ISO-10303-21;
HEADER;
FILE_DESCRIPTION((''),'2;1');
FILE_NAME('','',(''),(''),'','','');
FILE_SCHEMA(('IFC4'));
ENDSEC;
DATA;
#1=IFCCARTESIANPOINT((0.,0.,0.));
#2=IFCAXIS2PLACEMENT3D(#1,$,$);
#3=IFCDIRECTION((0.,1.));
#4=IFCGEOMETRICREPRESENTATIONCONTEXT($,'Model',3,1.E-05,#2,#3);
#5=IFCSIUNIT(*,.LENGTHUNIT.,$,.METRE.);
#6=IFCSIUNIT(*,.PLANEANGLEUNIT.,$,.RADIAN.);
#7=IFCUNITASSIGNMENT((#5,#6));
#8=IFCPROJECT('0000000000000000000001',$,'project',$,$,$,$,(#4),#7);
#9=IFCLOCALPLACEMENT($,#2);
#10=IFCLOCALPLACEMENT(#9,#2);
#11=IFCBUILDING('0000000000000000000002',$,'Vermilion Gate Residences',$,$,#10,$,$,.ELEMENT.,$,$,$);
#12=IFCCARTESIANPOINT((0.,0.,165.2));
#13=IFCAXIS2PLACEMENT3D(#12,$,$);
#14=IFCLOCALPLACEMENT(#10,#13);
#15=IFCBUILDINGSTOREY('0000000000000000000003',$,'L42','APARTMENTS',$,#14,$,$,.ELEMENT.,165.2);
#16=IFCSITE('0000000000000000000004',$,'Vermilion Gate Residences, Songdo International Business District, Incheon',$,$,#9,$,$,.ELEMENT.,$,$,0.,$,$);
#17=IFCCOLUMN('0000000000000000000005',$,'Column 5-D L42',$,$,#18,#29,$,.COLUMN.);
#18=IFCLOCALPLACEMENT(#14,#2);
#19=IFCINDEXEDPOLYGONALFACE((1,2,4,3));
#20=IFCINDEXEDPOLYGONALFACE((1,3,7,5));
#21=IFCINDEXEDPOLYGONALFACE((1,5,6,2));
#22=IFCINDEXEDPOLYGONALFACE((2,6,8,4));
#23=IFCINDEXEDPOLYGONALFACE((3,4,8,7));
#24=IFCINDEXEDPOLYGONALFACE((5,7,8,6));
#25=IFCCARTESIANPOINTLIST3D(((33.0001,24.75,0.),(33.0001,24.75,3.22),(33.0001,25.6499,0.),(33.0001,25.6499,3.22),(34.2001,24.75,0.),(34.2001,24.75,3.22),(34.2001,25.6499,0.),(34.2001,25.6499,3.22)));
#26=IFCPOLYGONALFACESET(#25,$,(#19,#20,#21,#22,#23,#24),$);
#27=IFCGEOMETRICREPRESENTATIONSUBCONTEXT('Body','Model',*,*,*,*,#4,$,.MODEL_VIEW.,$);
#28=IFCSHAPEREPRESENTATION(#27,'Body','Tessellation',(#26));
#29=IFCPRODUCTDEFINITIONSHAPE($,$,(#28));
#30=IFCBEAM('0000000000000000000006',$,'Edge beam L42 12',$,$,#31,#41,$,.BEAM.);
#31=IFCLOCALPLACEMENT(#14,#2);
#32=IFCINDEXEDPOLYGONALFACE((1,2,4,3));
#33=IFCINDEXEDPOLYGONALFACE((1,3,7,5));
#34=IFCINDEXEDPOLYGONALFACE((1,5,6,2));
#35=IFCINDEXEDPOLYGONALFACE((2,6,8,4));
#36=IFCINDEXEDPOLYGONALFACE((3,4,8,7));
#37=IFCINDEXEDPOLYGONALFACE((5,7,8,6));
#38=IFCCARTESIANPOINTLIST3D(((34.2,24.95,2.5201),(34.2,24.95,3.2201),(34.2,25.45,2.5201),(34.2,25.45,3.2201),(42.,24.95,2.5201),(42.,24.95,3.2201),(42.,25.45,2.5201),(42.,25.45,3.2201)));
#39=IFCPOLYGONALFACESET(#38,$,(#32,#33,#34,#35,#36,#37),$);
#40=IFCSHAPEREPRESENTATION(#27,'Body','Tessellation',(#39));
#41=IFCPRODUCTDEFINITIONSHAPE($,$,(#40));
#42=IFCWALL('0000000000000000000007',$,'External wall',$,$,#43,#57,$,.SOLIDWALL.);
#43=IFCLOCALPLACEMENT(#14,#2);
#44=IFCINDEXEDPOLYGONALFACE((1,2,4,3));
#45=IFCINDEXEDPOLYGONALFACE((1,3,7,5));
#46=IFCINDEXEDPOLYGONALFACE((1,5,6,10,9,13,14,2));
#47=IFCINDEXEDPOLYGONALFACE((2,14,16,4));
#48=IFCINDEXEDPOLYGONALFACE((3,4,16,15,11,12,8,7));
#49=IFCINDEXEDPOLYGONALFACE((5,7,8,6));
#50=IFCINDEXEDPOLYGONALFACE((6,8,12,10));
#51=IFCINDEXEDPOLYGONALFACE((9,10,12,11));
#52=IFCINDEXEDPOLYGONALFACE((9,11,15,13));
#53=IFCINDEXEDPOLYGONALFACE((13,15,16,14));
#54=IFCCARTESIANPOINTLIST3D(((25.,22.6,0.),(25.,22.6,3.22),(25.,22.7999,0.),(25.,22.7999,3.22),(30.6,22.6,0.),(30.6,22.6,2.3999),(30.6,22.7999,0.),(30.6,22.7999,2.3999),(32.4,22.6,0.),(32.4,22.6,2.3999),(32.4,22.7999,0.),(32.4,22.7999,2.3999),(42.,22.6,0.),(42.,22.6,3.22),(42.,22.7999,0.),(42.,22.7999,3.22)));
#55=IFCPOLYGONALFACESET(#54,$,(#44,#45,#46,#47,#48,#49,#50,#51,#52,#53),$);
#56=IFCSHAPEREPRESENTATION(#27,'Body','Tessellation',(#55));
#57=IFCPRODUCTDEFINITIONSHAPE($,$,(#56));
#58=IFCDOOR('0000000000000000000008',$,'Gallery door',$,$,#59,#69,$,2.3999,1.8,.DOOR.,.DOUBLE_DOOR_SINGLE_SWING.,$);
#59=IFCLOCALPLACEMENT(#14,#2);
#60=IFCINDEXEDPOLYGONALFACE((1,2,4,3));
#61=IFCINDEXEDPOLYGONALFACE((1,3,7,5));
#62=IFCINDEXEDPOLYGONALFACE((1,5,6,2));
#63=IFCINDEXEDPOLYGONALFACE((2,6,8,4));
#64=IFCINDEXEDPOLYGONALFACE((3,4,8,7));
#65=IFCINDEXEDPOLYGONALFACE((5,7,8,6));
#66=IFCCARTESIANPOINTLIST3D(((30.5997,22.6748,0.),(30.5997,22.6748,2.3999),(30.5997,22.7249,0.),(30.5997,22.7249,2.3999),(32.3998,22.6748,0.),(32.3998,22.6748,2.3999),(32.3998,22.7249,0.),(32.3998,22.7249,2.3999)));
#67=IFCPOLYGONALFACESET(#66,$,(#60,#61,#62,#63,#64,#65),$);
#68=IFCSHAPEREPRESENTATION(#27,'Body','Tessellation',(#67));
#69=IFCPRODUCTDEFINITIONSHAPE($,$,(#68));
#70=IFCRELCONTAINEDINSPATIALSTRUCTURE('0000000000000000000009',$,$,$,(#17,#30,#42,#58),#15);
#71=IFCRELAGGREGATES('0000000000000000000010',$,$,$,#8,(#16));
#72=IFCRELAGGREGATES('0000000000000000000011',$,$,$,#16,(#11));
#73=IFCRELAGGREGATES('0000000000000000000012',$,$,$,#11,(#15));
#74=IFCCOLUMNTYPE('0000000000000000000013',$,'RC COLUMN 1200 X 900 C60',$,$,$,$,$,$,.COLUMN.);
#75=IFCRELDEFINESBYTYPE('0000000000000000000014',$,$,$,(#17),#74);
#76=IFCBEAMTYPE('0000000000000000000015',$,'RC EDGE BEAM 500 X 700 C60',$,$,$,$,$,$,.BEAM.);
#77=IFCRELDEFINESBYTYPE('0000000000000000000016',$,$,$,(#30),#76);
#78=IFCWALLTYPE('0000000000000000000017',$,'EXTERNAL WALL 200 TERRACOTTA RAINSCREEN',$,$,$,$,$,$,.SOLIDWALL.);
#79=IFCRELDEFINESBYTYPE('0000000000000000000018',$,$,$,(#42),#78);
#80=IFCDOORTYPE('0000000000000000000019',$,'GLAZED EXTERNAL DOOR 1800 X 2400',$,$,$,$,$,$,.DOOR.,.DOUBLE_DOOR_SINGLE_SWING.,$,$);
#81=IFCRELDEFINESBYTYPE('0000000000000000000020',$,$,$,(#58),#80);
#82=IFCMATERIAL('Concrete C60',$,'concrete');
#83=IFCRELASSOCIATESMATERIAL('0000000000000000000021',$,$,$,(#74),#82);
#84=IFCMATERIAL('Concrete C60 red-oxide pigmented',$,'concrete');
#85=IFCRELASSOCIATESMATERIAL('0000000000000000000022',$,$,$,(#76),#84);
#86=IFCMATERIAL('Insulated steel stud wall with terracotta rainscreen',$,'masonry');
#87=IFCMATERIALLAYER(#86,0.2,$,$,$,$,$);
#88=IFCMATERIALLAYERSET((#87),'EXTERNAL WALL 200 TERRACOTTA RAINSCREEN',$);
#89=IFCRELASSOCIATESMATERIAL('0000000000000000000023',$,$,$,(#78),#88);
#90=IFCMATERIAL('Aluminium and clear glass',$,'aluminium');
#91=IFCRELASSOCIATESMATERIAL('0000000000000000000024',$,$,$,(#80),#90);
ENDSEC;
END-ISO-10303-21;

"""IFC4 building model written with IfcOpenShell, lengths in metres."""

from ifc_helpers import new_model, si_unit, direction, frame, frame_2d, origin, origin_2d, place, context, subcontext, project, spatial, rectangle, extrude, material, layer, layer_set, material_profile, profile_set, type_object, element, fill, save


model = new_model("IFC4")

# Units and contexts
model_context = context("Model", 3, precision=1e-05, world=origin(), true_north=direction((0.0, 1.0)))
body_context = subcontext(model_context, "Body", "Model", "MODEL_VIEW")
ifc_project = project(units=[si_unit("LENGTHUNIT", "METRE"), si_unit("PLANEANGLEUNIT", "RADIAN")], contexts=[model_context])

# Site, building, storey
site_placement = place(None, origin())
site = spatial("IfcSite", under=ifc_project, at=site_placement, Name="Vermilion Gate Residences, Songdo International Business District, Incheon", CompositionType="ELEMENT", RefElevation=0.0)
building_placement = place(site_placement, origin())
building = spatial("IfcBuilding", under=site, at=building_placement, Name="Vermilion Gate Residences", CompositionType="ELEMENT")
storey_placement = place(building_placement, frame((0.0, 0.0, 165.2)))
storey = spatial("IfcBuildingStorey", under=building, at=storey_placement, Name="L42", Description="APARTMENTS", CompositionType="ELEMENT", Elevation=165.2)

# Column
ifc_material_1 = material(Name="Concrete C60", Category="concrete")
ifc_material_profile_1 = material_profile(ifc_material_1, rectangle(XDim=1.2, YDim=0.8999, at=origin_2d()), Name="RC-1200x900")
ifc_profile_set_1 = profile_set([ifc_material_profile_1], Name="Concrete C60")
column_type = type_object("IfcColumnType", Name="RC COLUMN 1200 X 900 C60", PredefinedType="COLUMN", material=ifc_profile_set_1)
column_placement = place(storey_placement, frame((33.6001, 25.2, 0.0), z_axis=(0.0, 0.0, 1.0), x_axis=(1.0, 0.0, 0.0)))
element("IfcColumn", 1, at=column_placement, inside=storey, type_object=column_type, Name="Column 5-D L42", PredefinedType="COLUMN", context=body_context, shape_type="SweptSolid", body=[
    extrude(rectangle(XDim=1.2, YDim=0.8999, at=origin_2d()), origin(), (0.0, 0.0, 1.0), 3.22),
])

# Beam
ifc_material_2 = material(Name="Concrete C60 red-oxide pigmented", Category="concrete")
ifc_material_profile_2 = material_profile(ifc_material_2, rectangle(XDim=0.5, YDim=0.7, at=origin_2d()), Name="RC-500x700")
ifc_profile_set_2 = profile_set([ifc_material_profile_2], Name="Concrete C60 red-oxide pigmented")
beam_type = type_object("IfcBeamType", Name="RC EDGE BEAM 500 X 700 C60", PredefinedType="BEAM", material=ifc_profile_set_2)
beam_placement = place(storey_placement, frame((34.2, 25.2, 2.8701), z_axis=(1.0, 0.0, 0.0), x_axis=(0.0, 1.0, 0.0)))
element("IfcBeam", 2, at=beam_placement, inside=storey, type_object=beam_type, Name="Edge beam L42 12", PredefinedType="BEAM", context=body_context, shape_type="SweptSolid", body=[
    extrude(rectangle(XDim=0.5, YDim=0.7, at=origin_2d()), origin(), (0.0, 0.0, 1.0), 7.8),
])

# Wall, opening, door
ifc_material_3 = material(Name="Insulated steel stud wall with terracotta rainscreen", Category="masonry")
ifc_layer_1 = layer(ifc_material_3, 0.2)
ifc_layer_set_1 = layer_set([ifc_layer_1], Name="EXTERNAL WALL 200 TERRACOTTA RAINSCREEN")
wall_type_1 = type_object("IfcWallType", Name="EXTERNAL WALL 200 TERRACOTTA RAINSCREEN", PredefinedType="SOLIDWALL", material=ifc_layer_set_1)
wall_1_placement = place(storey_placement, frame((42.0, 22.7, 0.0), z_axis=(0.0, 0.0, 1.0), x_axis=(-1.0, 0.0, 0.0)))
wall_1 = element("IfcWall", 3, at=wall_1_placement, inside=storey, type_object=wall_type_1, Name="External wall", PredefinedType="SOLIDWALL", context=body_context, shape_type="SweptSolid", body=[
    extrude(rectangle(XDim=17.0, YDim=0.2, at=frame_2d((8.5, 0.0))), origin(), (0.0, 0.0, 1.0), 3.22),
])
opening_1_placement = place(wall_1_placement, frame((9.6001, 0.0, 0.0)))
opening_1 = element("IfcOpeningElement", 4, at=opening_1_placement, cuts=wall_1, PredefinedType="OPENING", context=body_context, shape_type="SweptSolid", body=[
    extrude(rectangle(XDim=1.8, YDim=2.3999, at=frame_2d((0.8999, 1.2))), frame((0.0, 0.1099, 0.0), z_axis=(0.0, -1.0, 0.0), x_axis=(1.0, 0.0, 0.0)), (0.0, 0.0, 1.0), 0.22),
])
ifc_material_4 = material(Name="Aluminium and clear glass", Category="aluminium")
door_type = type_object("IfcDoorType", Name="GLAZED EXTERNAL DOOR 1800 X 2400", OperationType="DOUBLE_DOOR_SINGLE_SWING", PredefinedType="DOOR", material=ifc_material_4)
door_placement = place(opening_1_placement, frame((1.8, 0.0, 0.0), z_axis=(0.0, 0.0, 1.0), x_axis=(-1.0, 0.0, 0.0)))
door = element("IfcDoor", 5, at=door_placement, inside=storey, type_object=door_type, Name="Gallery door", OperationType="DOUBLE_DOOR_SINGLE_SWING", OverallHeight=2.3999, OverallWidth=1.8, PredefinedType="DOOR", context=body_context, shape_type="SweptSolid", body=[
    extrude(rectangle(XDim=1.8, YDim=2.3999, at=frame_2d((0.8999, 1.2))), frame((0.0, 0.0249, 0.0), z_axis=(0.0, -1.0, 0.0), x_axis=(1.0, 0.0, 0.0)), (0.0, 0.0, 1.0), 0.05),
])
fill(opening_1, door)

save(model, "model.ifc")
